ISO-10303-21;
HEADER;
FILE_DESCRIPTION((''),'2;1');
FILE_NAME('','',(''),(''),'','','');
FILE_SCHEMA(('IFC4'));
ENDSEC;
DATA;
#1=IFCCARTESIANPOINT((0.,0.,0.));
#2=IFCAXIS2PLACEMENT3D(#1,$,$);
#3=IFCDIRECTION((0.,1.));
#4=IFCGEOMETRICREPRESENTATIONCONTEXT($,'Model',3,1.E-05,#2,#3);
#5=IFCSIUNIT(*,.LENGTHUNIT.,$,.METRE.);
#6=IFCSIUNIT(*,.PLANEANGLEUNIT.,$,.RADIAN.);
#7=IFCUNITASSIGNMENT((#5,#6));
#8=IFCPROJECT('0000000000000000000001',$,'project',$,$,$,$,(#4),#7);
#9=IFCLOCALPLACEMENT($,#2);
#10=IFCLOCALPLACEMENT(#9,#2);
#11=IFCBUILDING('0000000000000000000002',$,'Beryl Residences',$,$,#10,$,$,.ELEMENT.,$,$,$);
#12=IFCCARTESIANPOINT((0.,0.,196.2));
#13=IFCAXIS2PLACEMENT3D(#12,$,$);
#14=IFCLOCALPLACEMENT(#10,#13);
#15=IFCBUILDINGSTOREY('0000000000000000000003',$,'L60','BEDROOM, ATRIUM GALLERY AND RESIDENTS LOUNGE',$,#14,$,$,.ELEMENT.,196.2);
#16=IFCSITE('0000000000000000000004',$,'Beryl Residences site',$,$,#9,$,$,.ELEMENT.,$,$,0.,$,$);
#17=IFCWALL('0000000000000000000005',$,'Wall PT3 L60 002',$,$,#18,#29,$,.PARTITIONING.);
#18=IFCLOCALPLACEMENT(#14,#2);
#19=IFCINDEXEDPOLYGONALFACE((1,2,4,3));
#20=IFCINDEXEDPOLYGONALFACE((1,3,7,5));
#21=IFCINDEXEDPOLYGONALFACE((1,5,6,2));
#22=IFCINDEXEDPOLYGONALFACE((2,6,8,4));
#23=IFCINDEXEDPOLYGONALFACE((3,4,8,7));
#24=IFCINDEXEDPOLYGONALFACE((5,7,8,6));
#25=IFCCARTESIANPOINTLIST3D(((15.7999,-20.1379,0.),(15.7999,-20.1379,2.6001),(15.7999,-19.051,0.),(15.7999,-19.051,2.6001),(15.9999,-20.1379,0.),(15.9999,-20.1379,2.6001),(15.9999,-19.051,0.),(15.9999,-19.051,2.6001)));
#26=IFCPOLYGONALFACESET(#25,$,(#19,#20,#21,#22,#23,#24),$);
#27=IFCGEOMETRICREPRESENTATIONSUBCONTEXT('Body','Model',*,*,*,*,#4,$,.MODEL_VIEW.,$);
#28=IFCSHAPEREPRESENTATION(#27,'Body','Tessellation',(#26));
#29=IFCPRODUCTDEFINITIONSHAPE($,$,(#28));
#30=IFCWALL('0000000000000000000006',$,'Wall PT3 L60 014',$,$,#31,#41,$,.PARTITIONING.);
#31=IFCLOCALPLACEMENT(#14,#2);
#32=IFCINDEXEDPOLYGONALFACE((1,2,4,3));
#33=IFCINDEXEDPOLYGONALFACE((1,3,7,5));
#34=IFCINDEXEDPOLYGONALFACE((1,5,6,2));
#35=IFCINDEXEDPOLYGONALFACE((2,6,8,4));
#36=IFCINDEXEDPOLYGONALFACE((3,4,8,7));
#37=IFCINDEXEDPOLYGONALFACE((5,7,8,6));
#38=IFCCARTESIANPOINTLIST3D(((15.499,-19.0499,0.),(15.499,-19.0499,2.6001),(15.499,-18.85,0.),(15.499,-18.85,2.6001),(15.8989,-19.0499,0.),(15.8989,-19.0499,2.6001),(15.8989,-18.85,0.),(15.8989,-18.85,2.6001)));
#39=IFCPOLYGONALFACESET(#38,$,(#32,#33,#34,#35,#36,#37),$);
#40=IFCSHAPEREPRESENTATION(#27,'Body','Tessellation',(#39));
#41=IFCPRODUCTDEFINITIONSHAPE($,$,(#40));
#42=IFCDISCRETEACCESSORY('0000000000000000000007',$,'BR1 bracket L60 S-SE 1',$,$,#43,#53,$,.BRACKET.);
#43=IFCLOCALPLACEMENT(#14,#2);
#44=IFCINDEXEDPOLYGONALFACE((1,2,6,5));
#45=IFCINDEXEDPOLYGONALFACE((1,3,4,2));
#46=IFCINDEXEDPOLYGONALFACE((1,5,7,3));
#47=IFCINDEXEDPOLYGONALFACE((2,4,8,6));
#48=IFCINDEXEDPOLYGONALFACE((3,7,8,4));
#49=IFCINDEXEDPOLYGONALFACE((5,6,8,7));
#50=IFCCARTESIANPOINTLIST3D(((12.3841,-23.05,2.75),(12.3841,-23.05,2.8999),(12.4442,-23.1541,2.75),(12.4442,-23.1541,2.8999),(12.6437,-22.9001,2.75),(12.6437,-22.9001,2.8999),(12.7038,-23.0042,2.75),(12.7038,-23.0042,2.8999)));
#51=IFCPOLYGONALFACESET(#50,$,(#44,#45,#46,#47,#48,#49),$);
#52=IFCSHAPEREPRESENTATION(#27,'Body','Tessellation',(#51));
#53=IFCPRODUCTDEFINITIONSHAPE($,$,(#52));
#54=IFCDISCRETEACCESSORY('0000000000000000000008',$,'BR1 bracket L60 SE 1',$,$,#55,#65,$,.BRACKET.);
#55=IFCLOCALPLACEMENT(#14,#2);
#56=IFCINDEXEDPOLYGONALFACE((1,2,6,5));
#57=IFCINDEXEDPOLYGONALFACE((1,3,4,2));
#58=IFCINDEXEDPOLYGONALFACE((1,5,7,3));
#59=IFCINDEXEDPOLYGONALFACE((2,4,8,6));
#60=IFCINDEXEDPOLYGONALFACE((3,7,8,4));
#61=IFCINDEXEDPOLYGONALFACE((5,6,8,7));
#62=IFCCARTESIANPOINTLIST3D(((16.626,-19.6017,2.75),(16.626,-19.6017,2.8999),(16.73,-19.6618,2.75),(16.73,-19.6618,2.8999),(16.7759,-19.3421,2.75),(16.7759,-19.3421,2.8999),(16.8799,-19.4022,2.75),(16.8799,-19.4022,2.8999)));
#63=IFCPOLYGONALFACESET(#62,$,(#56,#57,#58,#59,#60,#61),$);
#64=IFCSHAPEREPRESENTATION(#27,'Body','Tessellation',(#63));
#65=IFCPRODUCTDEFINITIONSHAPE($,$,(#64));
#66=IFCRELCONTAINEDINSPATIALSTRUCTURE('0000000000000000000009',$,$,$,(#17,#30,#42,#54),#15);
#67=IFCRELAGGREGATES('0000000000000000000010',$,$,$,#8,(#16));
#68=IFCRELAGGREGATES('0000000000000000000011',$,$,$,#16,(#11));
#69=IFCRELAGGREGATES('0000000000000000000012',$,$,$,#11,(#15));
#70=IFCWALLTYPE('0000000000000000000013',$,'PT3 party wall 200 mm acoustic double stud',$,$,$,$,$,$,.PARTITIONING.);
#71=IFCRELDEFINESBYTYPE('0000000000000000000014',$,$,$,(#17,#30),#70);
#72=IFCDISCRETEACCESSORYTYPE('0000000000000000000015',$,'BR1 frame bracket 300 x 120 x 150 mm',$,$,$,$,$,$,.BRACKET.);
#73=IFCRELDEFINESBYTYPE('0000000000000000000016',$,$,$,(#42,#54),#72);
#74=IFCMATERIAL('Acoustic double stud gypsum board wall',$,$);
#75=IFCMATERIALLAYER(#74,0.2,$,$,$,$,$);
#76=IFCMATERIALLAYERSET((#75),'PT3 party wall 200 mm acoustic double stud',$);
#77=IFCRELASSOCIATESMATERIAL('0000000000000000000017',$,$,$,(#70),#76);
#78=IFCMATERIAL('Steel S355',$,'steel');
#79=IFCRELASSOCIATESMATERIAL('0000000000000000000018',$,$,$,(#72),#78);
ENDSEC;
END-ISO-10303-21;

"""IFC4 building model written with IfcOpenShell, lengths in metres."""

from ifc_helpers import new_model, si_unit, direction, frame, frame_2d, origin, place, context, subcontext, project, spatial, polyline, rectangle, outline, extrude, source, transform, mapped, material, layer, layer_set, type_object, type_shapes, element, save


model = new_model("IFC4")

# Units and contexts
model_context = context("Model", 3, precision=1e-05, world=origin(), true_north=direction((0.0, 1.0)))
body_context = subcontext(model_context, "Body", "Model", "MODEL_VIEW")
ifc_project = project(units=[si_unit("LENGTHUNIT", "METRE"), si_unit("PLANEANGLEUNIT", "RADIAN")], contexts=[model_context])

# Site, building, storey
site_placement = place(None, origin())
site = spatial("IfcSite", under=ifc_project, at=site_placement, Name="Beryl Residences site", CompositionType="ELEMENT", RefElevation=0.0)
building_placement = place(site_placement, origin())
building = spatial("IfcBuilding", under=site, at=building_placement, Name="Beryl Residences", CompositionType="ELEMENT")
storey_placement = place(building_placement, frame((0.0, 0.0, 196.2)))
storey = spatial("IfcBuildingStorey", under=building, at=storey_placement, Name="L60", Description="BEDROOM, ATRIUM GALLERY AND RESIDENTS LOUNGE", CompositionType="ELEMENT", Elevation=196.2)

# Walls
ifc_material_1 = material(Name="Acoustic double stud gypsum board wall")
ifc_layer_1 = layer(ifc_material_1, 0.2)
ifc_layer_set_1 = layer_set([ifc_layer_1], Name="PT3 party wall 200 mm acoustic double stud")
wall_type_1 = type_object("IfcWallType", Name="PT3 party wall 200 mm acoustic double stud", PredefinedType="PARTITIONING", material=ifc_layer_set_1)
wall_1_placement = place(storey_placement, frame((15.8999, -19.051, 0.0), z_axis=(0.0, 0.0, 1.0), x_axis=(0.0, -1.0, 0.0)))
element("IfcWall", 1, at=wall_1_placement, inside=storey, type_object=wall_type_1, Name="Wall PT3 L60 002", PredefinedType="PARTITIONING", context=body_context, shape_type="SweptSolid", body=[
    extrude(rectangle(XDim=1.0869, YDim=0.2, at=frame_2d((0.5435, 0.0))), origin(), (0.0, 0.0, 1.0), 2.6001),
])
wall_2_placement = place(storey_placement, frame((15.499, -18.95, 0.0), z_axis=(0.0, 0.0, 1.0), x_axis=(1.0, 0.0, 0.0)))
element("IfcWall", 2, at=wall_2_placement, inside=storey, type_object=wall_type_1, Name="Wall PT3 L60 014", PredefinedType="PARTITIONING", context=body_context, shape_type="SweptSolid", body=[
    extrude(rectangle(XDim=0.3999, YDim=0.2, at=frame_2d((0.2, 0.0))), origin(), (0.0, 0.0, 1.0), 2.6001),
])

# Discrete accessories
ifc_material_2 = material(Name="Steel S355", Category="steel")
discrete_accessory_type = type_object("IfcDiscreteAccessoryType", Name="BR1 frame bracket 300 x 120 x 150 mm", PredefinedType="BRACKET", material=ifc_material_2)
shared_shape_1 = source(origin(), body_context, "Body", "SweptSolid", [
    extrude(outline(polyline([(-0.1499, 0.0), (0.1499, 0.0), (0.1499, 0.1201), (-0.1499, 0.1201), (-0.1499, 0.0)])), origin(), (0.0, 0.0, 1.0), 0.1499),
])
type_shapes(discrete_accessory_type, [shared_shape_1])
for number, where, z_axis, x_axis, name in (
    (3, (12.5139, -22.9751, 2.75), (0.0, 0.0, 1.0), (-0.866025, -0.5, 0.0), "BR1 bracket L60 S-SE 1"),
    (4, (16.7009, -19.4719, 2.75), (0.0, 0.0, 1.0), (-0.5, -0.866025, 0.0), "BR1 bracket L60 SE 1"),
):
    element("IfcDiscreteAccessory", number, at=place(storey_placement, frame(where, z_axis=z_axis, x_axis=x_axis)), inside=storey, type_object=discrete_accessory_type, Name=name, PredefinedType="BRACKET", context=body_context, shape_type="MappedRepresentation", body=[
        mapped(shared_shape_1, transform((0.0, 0.0, 0.0))),
    ])

save(model, "model.ifc")
